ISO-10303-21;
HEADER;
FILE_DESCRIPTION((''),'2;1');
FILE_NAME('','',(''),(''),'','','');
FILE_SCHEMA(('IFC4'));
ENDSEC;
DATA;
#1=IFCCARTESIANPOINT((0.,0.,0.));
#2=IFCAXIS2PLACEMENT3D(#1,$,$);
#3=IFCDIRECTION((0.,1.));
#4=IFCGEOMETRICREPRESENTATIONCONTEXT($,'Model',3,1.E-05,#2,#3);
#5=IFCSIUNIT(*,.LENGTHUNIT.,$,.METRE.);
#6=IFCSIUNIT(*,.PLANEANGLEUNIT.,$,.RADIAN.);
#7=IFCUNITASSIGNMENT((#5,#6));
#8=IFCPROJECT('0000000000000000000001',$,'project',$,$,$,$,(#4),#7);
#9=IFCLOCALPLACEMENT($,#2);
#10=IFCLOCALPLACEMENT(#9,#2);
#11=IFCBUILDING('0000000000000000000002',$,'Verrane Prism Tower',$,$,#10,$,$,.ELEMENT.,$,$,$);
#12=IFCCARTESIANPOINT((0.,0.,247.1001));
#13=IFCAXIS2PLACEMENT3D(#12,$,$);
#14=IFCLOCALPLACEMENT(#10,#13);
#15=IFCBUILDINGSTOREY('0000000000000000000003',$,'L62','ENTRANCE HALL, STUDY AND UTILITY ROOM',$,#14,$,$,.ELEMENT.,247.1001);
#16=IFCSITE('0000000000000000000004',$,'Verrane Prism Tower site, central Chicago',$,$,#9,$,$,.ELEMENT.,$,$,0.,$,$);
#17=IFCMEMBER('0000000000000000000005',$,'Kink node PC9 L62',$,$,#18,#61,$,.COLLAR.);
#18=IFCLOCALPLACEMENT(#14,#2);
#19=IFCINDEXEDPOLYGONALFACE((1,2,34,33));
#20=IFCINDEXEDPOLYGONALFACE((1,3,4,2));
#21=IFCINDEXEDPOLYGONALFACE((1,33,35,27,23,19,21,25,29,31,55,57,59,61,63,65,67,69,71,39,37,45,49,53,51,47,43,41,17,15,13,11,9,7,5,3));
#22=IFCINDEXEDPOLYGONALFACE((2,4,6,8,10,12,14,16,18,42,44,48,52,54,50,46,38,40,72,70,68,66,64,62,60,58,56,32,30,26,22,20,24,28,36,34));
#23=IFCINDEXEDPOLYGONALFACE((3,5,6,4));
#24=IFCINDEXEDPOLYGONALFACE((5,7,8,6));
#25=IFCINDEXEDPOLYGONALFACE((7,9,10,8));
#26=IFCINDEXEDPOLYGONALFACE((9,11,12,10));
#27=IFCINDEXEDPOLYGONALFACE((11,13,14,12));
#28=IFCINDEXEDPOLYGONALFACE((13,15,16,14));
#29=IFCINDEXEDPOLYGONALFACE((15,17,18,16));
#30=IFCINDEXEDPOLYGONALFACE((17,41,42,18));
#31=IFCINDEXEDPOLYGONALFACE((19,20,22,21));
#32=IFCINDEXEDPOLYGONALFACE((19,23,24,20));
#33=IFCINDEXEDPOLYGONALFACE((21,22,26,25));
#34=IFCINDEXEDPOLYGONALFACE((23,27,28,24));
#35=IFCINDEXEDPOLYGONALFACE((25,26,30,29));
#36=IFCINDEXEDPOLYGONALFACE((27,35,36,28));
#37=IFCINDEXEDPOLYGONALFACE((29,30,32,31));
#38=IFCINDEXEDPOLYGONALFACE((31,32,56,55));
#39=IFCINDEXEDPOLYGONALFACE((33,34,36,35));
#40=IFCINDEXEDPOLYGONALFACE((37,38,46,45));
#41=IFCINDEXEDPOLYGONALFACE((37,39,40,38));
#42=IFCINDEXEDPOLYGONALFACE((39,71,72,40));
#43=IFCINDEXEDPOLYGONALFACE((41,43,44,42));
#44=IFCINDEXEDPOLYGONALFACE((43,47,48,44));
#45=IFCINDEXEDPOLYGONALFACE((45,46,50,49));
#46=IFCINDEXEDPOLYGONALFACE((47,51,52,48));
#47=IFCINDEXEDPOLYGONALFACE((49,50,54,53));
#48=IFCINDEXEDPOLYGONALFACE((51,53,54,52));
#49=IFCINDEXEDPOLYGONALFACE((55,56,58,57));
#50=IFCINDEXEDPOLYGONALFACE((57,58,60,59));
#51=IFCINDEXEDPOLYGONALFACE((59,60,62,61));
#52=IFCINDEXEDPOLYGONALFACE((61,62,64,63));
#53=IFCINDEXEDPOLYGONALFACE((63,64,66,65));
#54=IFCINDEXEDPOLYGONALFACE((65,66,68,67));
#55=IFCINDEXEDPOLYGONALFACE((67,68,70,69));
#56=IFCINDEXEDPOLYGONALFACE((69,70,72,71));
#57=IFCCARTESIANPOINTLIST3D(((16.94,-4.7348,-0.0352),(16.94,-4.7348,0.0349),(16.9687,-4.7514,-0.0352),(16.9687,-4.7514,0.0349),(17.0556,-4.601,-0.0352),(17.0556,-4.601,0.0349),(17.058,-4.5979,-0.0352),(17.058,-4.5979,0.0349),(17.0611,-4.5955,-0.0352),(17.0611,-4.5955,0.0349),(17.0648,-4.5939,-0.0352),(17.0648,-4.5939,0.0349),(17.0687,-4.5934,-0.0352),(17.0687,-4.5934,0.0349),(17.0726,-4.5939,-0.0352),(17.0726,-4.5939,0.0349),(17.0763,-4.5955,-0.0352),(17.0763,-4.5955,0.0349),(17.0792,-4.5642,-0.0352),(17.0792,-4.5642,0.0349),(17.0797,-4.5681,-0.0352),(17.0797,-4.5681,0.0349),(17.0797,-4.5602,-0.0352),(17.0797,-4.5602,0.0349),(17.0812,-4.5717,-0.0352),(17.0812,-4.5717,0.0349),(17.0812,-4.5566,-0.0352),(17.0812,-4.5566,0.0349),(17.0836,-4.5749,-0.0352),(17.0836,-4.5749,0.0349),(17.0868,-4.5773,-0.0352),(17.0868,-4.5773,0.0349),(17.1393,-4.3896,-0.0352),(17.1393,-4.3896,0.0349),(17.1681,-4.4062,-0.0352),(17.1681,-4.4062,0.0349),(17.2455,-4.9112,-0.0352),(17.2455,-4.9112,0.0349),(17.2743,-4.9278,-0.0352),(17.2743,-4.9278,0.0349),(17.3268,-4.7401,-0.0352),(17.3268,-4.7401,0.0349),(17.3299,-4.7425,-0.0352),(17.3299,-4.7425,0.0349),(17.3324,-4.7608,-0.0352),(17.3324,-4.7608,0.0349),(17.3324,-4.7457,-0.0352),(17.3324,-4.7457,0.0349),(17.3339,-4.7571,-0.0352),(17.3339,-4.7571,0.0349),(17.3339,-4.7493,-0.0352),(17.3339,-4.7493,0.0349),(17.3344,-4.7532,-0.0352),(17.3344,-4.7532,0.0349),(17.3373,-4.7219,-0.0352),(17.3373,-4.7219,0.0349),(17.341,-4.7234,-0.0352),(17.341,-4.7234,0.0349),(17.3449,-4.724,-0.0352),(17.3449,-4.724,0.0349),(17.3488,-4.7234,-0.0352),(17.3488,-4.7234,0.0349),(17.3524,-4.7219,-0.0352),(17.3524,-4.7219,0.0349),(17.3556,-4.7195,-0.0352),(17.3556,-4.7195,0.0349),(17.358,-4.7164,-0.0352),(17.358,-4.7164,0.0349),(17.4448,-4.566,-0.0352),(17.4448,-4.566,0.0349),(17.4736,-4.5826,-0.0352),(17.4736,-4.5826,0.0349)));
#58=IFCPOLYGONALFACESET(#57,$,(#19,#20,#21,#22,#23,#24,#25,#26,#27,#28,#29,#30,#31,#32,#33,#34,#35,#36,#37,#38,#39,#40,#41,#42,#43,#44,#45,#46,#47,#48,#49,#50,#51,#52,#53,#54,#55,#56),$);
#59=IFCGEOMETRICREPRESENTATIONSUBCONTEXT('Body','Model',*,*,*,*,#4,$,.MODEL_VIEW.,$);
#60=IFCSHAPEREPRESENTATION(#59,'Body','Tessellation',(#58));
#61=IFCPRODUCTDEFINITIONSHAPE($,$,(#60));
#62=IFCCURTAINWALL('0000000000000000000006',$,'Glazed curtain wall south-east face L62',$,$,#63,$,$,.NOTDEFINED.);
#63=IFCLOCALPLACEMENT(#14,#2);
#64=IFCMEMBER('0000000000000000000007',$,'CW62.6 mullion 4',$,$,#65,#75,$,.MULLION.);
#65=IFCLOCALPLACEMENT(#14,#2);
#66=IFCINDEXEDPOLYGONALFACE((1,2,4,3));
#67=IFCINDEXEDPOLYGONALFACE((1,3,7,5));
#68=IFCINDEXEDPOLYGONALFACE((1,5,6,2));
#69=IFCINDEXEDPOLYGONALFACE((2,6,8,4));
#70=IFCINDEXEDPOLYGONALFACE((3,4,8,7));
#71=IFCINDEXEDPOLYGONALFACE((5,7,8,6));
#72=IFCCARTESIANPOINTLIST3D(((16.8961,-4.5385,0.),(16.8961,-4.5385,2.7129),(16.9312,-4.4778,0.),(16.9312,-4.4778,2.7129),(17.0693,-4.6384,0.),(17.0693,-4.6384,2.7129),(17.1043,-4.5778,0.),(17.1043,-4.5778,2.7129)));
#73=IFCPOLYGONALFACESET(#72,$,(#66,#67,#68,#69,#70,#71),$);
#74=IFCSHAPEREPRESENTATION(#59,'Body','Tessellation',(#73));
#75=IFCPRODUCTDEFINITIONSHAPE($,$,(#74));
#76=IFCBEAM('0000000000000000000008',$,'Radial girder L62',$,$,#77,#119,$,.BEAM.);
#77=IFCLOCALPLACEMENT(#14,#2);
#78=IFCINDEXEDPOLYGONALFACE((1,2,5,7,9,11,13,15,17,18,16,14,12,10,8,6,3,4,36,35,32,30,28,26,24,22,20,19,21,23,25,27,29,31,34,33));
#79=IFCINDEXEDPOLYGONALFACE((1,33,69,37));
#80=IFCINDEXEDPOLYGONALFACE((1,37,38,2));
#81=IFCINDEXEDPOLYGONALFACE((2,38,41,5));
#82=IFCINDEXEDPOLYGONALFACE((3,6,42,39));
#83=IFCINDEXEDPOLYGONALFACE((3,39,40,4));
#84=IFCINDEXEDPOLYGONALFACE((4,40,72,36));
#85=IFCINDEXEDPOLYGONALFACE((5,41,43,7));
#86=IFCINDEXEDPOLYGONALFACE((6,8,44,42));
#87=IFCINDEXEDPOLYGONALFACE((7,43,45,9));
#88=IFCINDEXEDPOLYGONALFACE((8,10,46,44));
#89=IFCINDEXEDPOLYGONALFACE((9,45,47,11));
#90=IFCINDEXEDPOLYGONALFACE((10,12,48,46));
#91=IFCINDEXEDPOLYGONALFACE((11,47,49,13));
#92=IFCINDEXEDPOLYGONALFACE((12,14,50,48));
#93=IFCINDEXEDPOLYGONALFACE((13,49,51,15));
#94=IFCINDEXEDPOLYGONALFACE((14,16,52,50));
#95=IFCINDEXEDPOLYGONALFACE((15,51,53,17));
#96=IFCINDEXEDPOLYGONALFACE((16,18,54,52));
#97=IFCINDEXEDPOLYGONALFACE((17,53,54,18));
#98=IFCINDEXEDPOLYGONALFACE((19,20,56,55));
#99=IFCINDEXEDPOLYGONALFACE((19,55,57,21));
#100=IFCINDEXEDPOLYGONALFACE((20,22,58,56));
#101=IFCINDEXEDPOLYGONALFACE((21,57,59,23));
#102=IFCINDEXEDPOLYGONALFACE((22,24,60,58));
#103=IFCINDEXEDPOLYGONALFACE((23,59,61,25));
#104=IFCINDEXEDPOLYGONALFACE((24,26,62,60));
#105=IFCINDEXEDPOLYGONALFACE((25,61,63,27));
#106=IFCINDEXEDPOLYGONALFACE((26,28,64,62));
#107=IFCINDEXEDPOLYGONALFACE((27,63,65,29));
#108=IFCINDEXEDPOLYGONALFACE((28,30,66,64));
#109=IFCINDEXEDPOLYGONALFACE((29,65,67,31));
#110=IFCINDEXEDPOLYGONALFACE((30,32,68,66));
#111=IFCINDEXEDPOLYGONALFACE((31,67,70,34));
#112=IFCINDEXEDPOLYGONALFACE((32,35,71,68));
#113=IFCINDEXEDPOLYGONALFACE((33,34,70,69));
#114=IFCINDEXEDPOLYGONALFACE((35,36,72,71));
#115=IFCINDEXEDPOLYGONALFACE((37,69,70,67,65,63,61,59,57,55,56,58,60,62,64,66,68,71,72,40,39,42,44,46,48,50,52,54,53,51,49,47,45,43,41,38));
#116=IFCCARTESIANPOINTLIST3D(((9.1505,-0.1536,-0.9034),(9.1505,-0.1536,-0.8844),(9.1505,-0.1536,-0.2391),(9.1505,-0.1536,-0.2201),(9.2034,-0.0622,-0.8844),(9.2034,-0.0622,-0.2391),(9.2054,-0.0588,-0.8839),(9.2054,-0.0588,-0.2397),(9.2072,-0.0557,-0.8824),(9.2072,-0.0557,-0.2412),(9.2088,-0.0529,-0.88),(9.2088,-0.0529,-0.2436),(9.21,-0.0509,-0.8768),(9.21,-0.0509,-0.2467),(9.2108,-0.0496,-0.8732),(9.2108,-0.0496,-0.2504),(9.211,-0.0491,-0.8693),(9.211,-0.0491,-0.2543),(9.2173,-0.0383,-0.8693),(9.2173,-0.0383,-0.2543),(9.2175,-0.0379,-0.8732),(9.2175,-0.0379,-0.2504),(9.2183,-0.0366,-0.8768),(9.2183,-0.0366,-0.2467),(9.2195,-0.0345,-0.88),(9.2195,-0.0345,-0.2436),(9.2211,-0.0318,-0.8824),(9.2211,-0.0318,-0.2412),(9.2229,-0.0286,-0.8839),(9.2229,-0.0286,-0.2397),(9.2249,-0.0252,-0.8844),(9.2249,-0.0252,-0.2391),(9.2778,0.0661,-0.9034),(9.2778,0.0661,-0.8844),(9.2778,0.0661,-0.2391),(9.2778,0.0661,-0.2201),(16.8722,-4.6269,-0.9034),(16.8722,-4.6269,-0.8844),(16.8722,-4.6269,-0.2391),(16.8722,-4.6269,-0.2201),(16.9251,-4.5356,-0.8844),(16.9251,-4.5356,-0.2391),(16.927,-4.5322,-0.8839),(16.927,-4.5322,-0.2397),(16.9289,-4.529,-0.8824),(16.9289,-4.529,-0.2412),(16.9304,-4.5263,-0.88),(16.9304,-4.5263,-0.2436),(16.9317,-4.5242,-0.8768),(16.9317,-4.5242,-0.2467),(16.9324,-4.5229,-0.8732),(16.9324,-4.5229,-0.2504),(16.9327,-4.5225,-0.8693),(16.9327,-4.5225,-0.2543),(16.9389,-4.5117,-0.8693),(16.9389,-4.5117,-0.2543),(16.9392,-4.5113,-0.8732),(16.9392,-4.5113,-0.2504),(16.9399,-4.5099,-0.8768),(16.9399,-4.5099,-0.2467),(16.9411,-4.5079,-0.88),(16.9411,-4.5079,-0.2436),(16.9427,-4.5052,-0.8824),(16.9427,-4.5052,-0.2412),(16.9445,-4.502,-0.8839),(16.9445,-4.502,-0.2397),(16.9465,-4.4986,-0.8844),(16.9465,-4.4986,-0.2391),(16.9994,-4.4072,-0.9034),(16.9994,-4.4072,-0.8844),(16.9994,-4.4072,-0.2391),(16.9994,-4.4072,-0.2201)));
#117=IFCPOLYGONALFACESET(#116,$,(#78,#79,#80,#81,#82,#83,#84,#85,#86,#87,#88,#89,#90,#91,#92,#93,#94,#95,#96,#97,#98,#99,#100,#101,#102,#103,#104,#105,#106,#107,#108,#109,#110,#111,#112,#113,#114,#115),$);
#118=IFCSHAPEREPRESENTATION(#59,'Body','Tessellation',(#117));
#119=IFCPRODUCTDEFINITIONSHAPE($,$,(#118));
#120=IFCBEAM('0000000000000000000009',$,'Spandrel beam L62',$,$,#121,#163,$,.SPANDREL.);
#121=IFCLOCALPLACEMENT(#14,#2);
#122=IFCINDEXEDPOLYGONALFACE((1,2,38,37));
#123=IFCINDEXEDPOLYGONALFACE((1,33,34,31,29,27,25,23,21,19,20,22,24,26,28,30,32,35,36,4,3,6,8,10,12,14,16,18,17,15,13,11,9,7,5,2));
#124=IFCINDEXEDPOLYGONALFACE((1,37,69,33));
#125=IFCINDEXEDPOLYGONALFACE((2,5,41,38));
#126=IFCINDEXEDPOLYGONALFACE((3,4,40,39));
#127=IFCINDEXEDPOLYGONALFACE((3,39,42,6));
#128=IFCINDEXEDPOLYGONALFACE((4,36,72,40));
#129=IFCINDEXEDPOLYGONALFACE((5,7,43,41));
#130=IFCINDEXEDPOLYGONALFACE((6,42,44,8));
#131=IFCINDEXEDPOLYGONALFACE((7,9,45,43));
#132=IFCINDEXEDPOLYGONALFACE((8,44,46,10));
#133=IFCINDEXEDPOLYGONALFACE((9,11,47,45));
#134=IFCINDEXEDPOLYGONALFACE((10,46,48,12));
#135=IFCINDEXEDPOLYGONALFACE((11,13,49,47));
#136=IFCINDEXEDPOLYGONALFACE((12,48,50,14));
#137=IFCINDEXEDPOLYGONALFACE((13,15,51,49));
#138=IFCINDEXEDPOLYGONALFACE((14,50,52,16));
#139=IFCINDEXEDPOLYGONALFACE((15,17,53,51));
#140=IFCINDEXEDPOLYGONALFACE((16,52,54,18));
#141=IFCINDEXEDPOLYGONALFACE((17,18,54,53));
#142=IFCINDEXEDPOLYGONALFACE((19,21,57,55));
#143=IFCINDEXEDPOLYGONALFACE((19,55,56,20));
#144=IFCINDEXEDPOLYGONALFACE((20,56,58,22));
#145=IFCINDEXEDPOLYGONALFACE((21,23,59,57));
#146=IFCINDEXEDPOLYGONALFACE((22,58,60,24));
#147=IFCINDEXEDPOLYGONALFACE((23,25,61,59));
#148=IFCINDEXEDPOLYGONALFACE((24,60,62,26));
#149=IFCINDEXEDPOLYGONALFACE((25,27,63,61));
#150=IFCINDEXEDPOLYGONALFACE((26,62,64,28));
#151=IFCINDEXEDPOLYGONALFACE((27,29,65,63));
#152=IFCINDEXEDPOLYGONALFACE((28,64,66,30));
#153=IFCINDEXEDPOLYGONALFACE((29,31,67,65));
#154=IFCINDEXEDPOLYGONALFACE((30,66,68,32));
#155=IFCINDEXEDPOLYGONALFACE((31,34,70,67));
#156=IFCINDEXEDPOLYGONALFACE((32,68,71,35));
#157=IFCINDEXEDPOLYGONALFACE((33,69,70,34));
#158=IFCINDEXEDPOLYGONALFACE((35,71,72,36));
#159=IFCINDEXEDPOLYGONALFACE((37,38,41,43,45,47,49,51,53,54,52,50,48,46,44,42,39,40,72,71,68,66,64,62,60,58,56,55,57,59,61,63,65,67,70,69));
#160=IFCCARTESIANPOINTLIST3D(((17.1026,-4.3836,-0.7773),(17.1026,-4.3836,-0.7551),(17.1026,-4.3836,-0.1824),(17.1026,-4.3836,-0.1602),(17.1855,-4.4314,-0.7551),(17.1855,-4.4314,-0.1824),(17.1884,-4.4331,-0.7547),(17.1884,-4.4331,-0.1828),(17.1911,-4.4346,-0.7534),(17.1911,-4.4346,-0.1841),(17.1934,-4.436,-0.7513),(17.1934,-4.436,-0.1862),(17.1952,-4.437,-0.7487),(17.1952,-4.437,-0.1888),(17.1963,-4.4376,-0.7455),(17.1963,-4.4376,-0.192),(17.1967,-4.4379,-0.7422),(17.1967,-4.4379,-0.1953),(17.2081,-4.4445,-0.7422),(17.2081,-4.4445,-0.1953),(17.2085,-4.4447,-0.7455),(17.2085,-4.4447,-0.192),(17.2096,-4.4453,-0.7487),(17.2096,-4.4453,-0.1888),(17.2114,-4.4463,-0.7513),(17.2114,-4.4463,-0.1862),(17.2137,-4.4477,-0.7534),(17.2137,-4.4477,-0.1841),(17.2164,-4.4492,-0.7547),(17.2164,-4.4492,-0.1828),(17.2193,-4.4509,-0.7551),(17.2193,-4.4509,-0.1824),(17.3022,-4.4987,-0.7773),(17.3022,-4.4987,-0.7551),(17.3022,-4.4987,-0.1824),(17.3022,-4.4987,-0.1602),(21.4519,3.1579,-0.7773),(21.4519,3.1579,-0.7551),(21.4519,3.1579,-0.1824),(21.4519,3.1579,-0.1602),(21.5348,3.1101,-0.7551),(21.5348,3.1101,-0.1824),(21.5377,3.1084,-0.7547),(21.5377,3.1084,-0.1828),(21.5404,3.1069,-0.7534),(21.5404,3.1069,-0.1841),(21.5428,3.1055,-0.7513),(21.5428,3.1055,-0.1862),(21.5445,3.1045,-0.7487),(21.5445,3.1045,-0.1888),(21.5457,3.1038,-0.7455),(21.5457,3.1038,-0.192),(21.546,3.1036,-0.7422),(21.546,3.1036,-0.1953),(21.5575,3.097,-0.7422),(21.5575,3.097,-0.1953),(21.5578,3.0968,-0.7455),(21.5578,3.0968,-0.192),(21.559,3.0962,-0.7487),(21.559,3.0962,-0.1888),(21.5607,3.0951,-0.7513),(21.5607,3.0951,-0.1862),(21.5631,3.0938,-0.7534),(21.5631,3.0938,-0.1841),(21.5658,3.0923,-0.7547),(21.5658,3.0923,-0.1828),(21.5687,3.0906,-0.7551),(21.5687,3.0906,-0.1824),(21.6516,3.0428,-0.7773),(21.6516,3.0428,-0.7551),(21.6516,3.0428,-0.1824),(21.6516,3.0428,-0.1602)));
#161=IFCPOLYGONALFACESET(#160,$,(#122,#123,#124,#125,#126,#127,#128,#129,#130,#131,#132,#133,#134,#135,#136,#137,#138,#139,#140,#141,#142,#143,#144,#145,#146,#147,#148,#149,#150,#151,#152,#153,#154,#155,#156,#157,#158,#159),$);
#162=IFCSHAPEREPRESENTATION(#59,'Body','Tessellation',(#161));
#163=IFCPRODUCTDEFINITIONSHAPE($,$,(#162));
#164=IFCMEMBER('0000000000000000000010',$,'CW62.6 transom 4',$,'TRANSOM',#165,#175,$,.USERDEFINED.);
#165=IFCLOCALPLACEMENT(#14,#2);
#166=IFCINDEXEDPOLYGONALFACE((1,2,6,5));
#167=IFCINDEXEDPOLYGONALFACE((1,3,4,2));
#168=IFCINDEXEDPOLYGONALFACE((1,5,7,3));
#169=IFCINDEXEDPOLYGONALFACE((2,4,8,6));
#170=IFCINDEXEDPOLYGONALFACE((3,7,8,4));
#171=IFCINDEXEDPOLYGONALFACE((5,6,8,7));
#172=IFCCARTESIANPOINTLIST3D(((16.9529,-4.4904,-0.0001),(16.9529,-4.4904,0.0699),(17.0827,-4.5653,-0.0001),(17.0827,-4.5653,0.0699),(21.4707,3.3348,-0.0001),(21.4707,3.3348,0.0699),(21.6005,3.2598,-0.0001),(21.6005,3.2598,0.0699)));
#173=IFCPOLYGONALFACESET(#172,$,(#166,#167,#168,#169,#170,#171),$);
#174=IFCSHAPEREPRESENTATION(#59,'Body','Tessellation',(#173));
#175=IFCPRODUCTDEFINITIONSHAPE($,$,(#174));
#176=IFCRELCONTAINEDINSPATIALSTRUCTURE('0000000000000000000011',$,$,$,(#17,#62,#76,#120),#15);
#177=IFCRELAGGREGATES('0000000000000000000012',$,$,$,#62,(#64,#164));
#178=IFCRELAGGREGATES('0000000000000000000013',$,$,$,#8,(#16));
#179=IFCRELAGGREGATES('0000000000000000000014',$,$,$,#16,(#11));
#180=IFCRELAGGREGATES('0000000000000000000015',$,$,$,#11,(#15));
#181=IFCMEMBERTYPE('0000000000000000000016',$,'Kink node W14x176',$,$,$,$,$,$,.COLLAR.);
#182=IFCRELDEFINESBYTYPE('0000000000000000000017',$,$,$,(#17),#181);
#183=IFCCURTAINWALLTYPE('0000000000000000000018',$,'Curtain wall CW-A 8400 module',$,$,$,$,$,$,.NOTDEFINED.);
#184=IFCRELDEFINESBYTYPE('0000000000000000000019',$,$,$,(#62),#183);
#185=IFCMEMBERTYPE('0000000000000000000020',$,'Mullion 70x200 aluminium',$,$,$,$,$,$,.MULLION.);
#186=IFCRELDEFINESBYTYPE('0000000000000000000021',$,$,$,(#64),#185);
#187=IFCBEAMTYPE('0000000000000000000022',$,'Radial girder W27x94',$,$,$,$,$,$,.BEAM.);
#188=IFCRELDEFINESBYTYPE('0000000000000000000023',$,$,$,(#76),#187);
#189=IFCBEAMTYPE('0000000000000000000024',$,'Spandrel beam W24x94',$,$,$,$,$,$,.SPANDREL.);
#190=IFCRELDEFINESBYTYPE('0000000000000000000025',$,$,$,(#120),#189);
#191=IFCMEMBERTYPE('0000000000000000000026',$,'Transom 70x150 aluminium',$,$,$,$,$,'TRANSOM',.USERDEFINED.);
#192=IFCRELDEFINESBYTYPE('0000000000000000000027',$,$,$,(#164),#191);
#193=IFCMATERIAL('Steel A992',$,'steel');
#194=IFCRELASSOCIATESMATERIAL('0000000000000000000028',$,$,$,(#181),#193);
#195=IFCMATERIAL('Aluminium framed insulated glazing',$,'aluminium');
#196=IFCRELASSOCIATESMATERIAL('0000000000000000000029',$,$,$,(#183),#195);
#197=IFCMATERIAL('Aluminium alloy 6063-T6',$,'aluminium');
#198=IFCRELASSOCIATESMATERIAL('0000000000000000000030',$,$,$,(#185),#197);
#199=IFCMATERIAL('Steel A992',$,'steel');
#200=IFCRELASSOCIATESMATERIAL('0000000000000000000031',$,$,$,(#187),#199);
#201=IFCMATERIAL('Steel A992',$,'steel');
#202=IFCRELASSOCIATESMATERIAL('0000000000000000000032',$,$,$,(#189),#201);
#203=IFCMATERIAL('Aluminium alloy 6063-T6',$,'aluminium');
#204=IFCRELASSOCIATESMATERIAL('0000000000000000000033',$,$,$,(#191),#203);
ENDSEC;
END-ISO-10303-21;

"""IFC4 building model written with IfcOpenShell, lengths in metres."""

from ifc_helpers import new_model, si_unit, direction, frame, origin, origin_2d, place, context, subcontext, project, spatial, rectangle, i_section, extrude, material, material_profile, profile_set, type_object, element, aggregate, save


model = new_model("IFC4")

# Units and contexts
model_context = context("Model", 3, precision=1e-05, world=origin(), true_north=direction((0.0, 1.0)))
body_context = subcontext(model_context, "Body", "Model", "MODEL_VIEW")
ifc_project = project(units=[si_unit("LENGTHUNIT", "METRE"), si_unit("PLANEANGLEUNIT", "RADIAN")], contexts=[model_context])

# Site, building, storey
site_placement = place(None, origin())
site = spatial("IfcSite", under=ifc_project, at=site_placement, Name="Verrane Prism Tower site, central Chicago", CompositionType="ELEMENT", RefElevation=0.0)
building_placement = place(site_placement, origin())
building = spatial("IfcBuilding", under=site, at=building_placement, Name="Verrane Prism Tower", CompositionType="ELEMENT")
storey_placement = place(building_placement, frame((0.0, 0.0, 247.1001)))
storey = spatial("IfcBuildingStorey", under=building, at=storey_placement, Name="L62", Description="ENTRANCE HALL, STUDY AND UTILITY ROOM", CompositionType="ELEMENT", Elevation=247.1001)

# Member
ifc_material_1 = material(Name="Steel A992", Category="steel")
ifc_material_profile_1 = material_profile(ifc_material_1, i_section(OverallWidth=0.3987, OverallDepth=0.386, WebThickness=0.021, FlangeThickness=0.0332, FilletRadius=0.0151, at=origin_2d()), Name="W14x176")
ifc_profile_set_1 = profile_set([ifc_material_profile_1], Name="Steel A992")
member_type_1 = type_object("IfcMemberType", Name="Kink node W14x176", PredefinedType="COLLAR", material=ifc_profile_set_1)
member_1_placement = place(storey_placement, frame((17.2068, -4.6587, -0.0352), z_axis=(0.0, 0.0, 1.0), x_axis=(-0.5, -0.866025, 0.0)))
element("IfcMember", 1, at=member_1_placement, inside=storey, type_object=member_type_1, Name="Kink node PC9 L62", PredefinedType="COLLAR", context=body_context, shape_type="SweptSolid", body=[
    extrude(i_section(OverallWidth=0.3987, OverallDepth=0.386, WebThickness=0.021, FlangeThickness=0.0332, FilletRadius=0.0151, at=origin_2d()), origin(), (0.0, 0.0, 1.0), 0.0701),
])

# Curtain wall, member
ifc_material_2 = material(Name="Aluminium framed insulated glazing", Category="aluminium")
curtain_wall_type = type_object("IfcCurtainWallType", Name="Curtain wall CW-A 8400 module", PredefinedType="NOTDEFINED", material=ifc_material_2)
curtain_wall_placement = place(storey_placement, origin())
curtain_wall = element("IfcCurtainWall", 2, at=curtain_wall_placement, inside=storey, type_object=curtain_wall_type, Name="Glazed curtain wall south-east face L62", PredefinedType="NOTDEFINED")
ifc_material_3 = material(Name="Aluminium alloy 6063-T6", Category="aluminium")
ifc_material_profile_2 = material_profile(ifc_material_3, rectangle(XDim=0.2, YDim=0.0701, at=origin_2d()), Name="Mullion 70x200 aluminium")
ifc_profile_set_2 = profile_set([ifc_material_profile_2], Name="Aluminium alloy 6063-T6")
member_type_2 = type_object("IfcMemberType", Name="Mullion 70x200 aluminium", PredefinedType="MULLION", material=ifc_profile_set_2)
member_2_placement = place(storey_placement, frame((17.0002, -4.5581, 0.0), z_axis=(0.0, 0.0, 1.0), x_axis=(-0.866026, 0.5, 0.0)))
member_2 = element("IfcMember", 3, at=member_2_placement, type_object=member_type_2, Name="CW62.6 mullion 4", PredefinedType="MULLION", context=body_context, shape_type="SweptSolid", body=[
    extrude(rectangle(XDim=0.2, YDim=0.0701, at=origin_2d()), origin(), (0.0, 0.0, 1.0), 2.7129),
])

# Beams
ifc_material_4 = material(Name="Steel A992", Category="steel")
ifc_material_profile_3 = material_profile(ifc_material_4, i_section(OverallWidth=0.2539, OverallDepth=0.6833, WebThickness=0.0125, FlangeThickness=0.019, FilletRadius=0.0151, at=origin_2d()), Name="W27x94")
ifc_profile_set_3 = profile_set([ifc_material_profile_3], Name="Steel A992")
beam_type_1 = type_object("IfcBeamType", Name="Radial girder W27x94", PredefinedType="BEAM", material=ifc_profile_set_3)
beam_1_placement = place(storey_placement, frame((16.9358, -4.5171, -0.5618), z_axis=(-0.865283, 0.501283, 0.0), x_axis=(-0.501283, -0.865283, 0.0)))
element("IfcBeam", 4, at=beam_1_placement, inside=storey, type_object=beam_type_1, Name="Radial girder L62", PredefinedType="BEAM", context=body_context, shape_type="SweptSolid", body=[
    extrude(i_section(OverallWidth=0.2539, OverallDepth=0.6833, WebThickness=0.0125, FlangeThickness=0.019, FilletRadius=0.0151, at=origin_2d()), origin(), (0.0, 0.0, 1.0), 8.9238),
])
ifc_material_5 = material(Name="Steel A992", Category="steel")
ifc_material_profile_4 = material_profile(ifc_material_5, i_section(OverallWidth=0.2305, OverallDepth=0.6172, WebThickness=0.0132, FlangeThickness=0.0222, FilletRadius=0.0129, at=origin_2d()), Name="W24x94")
ifc_profile_set_4 = profile_set([ifc_material_profile_4], Name="Steel A992")
beam_type_2 = type_object("IfcBeamType", Name="Spandrel beam W24x94", PredefinedType="SPANDREL", material=ifc_profile_set_4)
beam_2_placement = place(storey_placement, frame((17.2024, -4.4412, -0.4688), z_axis=(0.499593, 0.86626, 0.0), x_axis=(-0.86626, 0.499593, 0.0)))
element("IfcBeam", 5, at=beam_2_placement, inside=storey, type_object=beam_type_2, Name="Spandrel beam L62", PredefinedType="SPANDREL", context=body_context, shape_type="SweptSolid", body=[
    extrude(i_section(OverallWidth=0.2305, OverallDepth=0.6172, WebThickness=0.0132, FlangeThickness=0.0222, FilletRadius=0.0129, at=origin_2d()), origin(), (0.0, 0.0, 1.0), 8.7058),
])

# Member
ifc_material_6 = material(Name="Aluminium alloy 6063-T6", Category="aluminium")
ifc_material_profile_5 = material_profile(ifc_material_6, rectangle(XDim=0.1499, YDim=0.0701, at=origin_2d()), Name="Transom 70x150 aluminium")
ifc_profile_set_5 = profile_set([ifc_material_profile_5], Name="Aluminium alloy 6063-T6")
member_type_3 = type_object("IfcMemberType", Name="Transom 70x150 aluminium", ElementType="TRANSOM", PredefinedType="USERDEFINED", material=ifc_profile_set_5)
member_3_placement = place(storey_placement, frame((17.0178, -4.5278, 0.0349), z_axis=(0.499995, 0.866028, 0.0), x_axis=(-0.866028, 0.499995, 0.0)))
member_3 = element("IfcMember", 6, at=member_3_placement, type_object=member_type_3, Name="CW62.6 transom 4", ObjectType="TRANSOM", PredefinedType="USERDEFINED", context=body_context, shape_type="SweptSolid", body=[
    extrude(rectangle(XDim=0.1499, YDim=0.0701, at=origin_2d()), origin(), (0.0, 0.0, 1.0), 9.0356),
])

aggregate(curtain_wall, [member_2, member_3])

save(model, "model.ifc")
